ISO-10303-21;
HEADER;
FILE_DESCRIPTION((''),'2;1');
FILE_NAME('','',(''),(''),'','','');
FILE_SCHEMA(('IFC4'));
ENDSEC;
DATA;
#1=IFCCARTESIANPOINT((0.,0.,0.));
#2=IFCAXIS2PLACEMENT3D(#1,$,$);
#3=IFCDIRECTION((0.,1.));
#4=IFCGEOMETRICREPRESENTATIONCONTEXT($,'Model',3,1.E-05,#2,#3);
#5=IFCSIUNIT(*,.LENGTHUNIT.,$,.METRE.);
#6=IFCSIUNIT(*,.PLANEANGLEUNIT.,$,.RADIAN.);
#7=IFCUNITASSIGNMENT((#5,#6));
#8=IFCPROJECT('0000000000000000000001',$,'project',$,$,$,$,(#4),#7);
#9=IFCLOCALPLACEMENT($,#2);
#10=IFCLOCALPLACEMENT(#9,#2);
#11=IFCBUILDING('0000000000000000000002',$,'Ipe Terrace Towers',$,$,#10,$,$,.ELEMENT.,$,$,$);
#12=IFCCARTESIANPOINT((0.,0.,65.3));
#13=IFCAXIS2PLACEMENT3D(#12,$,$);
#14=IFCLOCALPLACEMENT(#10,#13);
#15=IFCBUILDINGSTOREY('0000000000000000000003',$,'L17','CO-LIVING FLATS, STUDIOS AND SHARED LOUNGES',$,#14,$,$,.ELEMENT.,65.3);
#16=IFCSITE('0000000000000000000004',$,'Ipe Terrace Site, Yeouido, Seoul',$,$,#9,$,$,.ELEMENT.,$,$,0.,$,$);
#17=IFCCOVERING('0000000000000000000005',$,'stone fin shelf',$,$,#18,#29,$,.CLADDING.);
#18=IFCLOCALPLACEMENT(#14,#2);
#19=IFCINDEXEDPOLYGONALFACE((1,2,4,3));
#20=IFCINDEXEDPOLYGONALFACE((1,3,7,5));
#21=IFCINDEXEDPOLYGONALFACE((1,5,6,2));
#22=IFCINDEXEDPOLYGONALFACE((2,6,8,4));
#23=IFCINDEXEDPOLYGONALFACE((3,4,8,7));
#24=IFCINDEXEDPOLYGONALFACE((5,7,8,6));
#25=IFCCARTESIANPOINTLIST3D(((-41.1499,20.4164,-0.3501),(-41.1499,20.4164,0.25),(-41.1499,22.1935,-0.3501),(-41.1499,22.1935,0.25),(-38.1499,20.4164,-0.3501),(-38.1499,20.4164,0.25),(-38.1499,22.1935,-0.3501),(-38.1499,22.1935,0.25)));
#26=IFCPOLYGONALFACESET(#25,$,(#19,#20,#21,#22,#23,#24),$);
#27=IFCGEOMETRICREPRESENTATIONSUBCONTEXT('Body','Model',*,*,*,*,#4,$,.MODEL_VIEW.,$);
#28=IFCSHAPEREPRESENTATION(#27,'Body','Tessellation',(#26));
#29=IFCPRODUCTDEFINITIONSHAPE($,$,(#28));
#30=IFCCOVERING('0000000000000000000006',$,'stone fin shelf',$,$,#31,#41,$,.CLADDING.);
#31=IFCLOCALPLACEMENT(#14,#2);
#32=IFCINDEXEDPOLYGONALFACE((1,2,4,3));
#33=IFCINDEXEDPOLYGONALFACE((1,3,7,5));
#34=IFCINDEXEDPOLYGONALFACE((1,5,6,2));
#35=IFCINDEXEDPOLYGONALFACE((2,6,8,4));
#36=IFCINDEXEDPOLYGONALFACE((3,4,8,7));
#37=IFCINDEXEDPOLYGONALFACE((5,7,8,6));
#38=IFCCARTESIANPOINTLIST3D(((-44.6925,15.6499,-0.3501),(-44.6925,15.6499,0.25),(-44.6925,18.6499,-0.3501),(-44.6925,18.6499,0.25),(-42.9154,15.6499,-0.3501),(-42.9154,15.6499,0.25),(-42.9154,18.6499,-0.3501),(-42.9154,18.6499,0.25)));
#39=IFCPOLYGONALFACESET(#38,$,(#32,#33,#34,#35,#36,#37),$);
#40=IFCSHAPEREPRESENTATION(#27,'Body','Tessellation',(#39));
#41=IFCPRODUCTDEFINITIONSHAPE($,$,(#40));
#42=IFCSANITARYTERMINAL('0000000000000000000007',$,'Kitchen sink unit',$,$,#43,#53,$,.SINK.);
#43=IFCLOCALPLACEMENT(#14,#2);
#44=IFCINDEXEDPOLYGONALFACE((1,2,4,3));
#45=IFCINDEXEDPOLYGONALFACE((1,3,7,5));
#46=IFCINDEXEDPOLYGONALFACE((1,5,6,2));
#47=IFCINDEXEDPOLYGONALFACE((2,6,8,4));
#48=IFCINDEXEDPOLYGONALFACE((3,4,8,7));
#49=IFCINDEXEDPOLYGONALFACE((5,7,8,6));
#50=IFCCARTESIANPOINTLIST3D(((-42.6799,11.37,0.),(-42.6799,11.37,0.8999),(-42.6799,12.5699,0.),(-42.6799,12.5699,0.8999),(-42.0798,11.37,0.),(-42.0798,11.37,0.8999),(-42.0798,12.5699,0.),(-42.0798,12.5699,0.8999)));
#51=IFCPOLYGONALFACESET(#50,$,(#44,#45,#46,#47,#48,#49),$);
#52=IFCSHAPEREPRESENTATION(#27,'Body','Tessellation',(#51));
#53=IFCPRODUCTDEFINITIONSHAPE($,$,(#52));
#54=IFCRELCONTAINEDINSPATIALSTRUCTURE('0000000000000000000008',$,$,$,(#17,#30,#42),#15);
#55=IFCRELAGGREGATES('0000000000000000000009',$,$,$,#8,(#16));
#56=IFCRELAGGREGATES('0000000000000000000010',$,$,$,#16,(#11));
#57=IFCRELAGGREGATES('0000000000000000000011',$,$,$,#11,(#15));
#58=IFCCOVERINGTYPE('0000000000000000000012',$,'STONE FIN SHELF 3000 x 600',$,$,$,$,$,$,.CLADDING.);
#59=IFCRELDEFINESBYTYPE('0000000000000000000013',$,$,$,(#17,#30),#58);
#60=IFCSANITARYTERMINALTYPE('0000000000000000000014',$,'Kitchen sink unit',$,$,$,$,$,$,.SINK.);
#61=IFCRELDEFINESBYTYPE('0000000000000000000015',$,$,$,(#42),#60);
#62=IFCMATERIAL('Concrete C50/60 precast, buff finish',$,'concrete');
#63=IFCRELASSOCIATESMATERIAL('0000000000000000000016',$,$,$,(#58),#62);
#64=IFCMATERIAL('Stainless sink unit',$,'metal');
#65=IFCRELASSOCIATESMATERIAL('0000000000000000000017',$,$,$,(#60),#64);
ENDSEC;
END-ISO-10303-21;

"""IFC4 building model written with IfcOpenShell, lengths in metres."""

from ifc_helpers import new_model, si_unit, direction, frame, origin, origin_2d, place, context, subcontext, project, spatial, rectangle, extrude, material, type_object, element, save


model = new_model("IFC4")

# Units and contexts
model_context = context("Model", 3, precision=1e-05, world=origin(), true_north=direction((0.0, 1.0)))
body_context = subcontext(model_context, "Body", "Model", "MODEL_VIEW")
ifc_project = project(units=[si_unit("LENGTHUNIT", "METRE"), si_unit("PLANEANGLEUNIT", "RADIAN")], contexts=[model_context])

# Site, building, storey
site_placement = place(None, origin())
site = spatial("IfcSite", under=ifc_project, at=site_placement, Name="Ipe Terrace Site, Yeouido, Seoul", CompositionType="ELEMENT", RefElevation=0.0)
building_placement = place(site_placement, origin())
building = spatial("IfcBuilding", under=site, at=building_placement, Name="Ipe Terrace Towers", CompositionType="ELEMENT")
storey_placement = place(building_placement, frame((0.0, 0.0, 65.3)))
storey = spatial("IfcBuildingStorey", under=building, at=storey_placement, Name="L17", Description="CO-LIVING FLATS, STUDIOS AND SHARED LOUNGES", CompositionType="ELEMENT", Elevation=65.3)

# Coverings
ifc_material_1 = material(Name="Concrete C50/60 precast, buff finish", Category="concrete")
covering_type_1 = type_object("IfcCoveringType", Name="STONE FIN SHELF 3000 x 600", PredefinedType="CLADDING", material=ifc_material_1)
for number, where, z_axis, x_axis, name in (
    (1, (-39.6499, 21.3049, -0.3501), (0.0, 0.0, 1.0), (-1.0, 0.0, 0.0), "stone fin shelf"),
    (2, (-43.804, 17.1499, -0.3501), (0.0, 0.0, 1.0), (0.0, -1.0, 0.0), "stone fin shelf"),
):
    element("IfcCovering", number, at=place(storey_placement, frame(where, z_axis=z_axis, x_axis=x_axis)), inside=storey, type_object=covering_type_1, Name=name, PredefinedType="CLADDING", context=body_context, shape_type="SweptSolid", body=[
        extrude(rectangle(XDim=3.0, YDim=1.7771, at=origin_2d()), origin(), (0.0, 0.0, 1.0), 0.6001),
    ])

# Sanitary terminal
ifc_material_2 = material(Name="Stainless sink unit", Category="metal")
sanitary_terminal_type = type_object("IfcSanitaryTerminalType", Name="Kitchen sink unit", PredefinedType="SINK", material=ifc_material_2)
sanitary_terminal_placement = place(storey_placement, frame((-42.3799, 11.97, 0.0), z_axis=(0.0, 0.0, 1.0), x_axis=(0.0, 1.0, 0.0)))
element("IfcSanitaryTerminal", 3, at=sanitary_terminal_placement, inside=storey, type_object=sanitary_terminal_type, Name="Kitchen sink unit", PredefinedType="SINK", context=body_context, shape_type="SweptSolid", body=[
    extrude(rectangle(XDim=1.2, YDim=0.6001, at=origin_2d()), origin(), (0.0, 0.0, 1.0), 0.8999),
])

save(model, "model.ifc")
